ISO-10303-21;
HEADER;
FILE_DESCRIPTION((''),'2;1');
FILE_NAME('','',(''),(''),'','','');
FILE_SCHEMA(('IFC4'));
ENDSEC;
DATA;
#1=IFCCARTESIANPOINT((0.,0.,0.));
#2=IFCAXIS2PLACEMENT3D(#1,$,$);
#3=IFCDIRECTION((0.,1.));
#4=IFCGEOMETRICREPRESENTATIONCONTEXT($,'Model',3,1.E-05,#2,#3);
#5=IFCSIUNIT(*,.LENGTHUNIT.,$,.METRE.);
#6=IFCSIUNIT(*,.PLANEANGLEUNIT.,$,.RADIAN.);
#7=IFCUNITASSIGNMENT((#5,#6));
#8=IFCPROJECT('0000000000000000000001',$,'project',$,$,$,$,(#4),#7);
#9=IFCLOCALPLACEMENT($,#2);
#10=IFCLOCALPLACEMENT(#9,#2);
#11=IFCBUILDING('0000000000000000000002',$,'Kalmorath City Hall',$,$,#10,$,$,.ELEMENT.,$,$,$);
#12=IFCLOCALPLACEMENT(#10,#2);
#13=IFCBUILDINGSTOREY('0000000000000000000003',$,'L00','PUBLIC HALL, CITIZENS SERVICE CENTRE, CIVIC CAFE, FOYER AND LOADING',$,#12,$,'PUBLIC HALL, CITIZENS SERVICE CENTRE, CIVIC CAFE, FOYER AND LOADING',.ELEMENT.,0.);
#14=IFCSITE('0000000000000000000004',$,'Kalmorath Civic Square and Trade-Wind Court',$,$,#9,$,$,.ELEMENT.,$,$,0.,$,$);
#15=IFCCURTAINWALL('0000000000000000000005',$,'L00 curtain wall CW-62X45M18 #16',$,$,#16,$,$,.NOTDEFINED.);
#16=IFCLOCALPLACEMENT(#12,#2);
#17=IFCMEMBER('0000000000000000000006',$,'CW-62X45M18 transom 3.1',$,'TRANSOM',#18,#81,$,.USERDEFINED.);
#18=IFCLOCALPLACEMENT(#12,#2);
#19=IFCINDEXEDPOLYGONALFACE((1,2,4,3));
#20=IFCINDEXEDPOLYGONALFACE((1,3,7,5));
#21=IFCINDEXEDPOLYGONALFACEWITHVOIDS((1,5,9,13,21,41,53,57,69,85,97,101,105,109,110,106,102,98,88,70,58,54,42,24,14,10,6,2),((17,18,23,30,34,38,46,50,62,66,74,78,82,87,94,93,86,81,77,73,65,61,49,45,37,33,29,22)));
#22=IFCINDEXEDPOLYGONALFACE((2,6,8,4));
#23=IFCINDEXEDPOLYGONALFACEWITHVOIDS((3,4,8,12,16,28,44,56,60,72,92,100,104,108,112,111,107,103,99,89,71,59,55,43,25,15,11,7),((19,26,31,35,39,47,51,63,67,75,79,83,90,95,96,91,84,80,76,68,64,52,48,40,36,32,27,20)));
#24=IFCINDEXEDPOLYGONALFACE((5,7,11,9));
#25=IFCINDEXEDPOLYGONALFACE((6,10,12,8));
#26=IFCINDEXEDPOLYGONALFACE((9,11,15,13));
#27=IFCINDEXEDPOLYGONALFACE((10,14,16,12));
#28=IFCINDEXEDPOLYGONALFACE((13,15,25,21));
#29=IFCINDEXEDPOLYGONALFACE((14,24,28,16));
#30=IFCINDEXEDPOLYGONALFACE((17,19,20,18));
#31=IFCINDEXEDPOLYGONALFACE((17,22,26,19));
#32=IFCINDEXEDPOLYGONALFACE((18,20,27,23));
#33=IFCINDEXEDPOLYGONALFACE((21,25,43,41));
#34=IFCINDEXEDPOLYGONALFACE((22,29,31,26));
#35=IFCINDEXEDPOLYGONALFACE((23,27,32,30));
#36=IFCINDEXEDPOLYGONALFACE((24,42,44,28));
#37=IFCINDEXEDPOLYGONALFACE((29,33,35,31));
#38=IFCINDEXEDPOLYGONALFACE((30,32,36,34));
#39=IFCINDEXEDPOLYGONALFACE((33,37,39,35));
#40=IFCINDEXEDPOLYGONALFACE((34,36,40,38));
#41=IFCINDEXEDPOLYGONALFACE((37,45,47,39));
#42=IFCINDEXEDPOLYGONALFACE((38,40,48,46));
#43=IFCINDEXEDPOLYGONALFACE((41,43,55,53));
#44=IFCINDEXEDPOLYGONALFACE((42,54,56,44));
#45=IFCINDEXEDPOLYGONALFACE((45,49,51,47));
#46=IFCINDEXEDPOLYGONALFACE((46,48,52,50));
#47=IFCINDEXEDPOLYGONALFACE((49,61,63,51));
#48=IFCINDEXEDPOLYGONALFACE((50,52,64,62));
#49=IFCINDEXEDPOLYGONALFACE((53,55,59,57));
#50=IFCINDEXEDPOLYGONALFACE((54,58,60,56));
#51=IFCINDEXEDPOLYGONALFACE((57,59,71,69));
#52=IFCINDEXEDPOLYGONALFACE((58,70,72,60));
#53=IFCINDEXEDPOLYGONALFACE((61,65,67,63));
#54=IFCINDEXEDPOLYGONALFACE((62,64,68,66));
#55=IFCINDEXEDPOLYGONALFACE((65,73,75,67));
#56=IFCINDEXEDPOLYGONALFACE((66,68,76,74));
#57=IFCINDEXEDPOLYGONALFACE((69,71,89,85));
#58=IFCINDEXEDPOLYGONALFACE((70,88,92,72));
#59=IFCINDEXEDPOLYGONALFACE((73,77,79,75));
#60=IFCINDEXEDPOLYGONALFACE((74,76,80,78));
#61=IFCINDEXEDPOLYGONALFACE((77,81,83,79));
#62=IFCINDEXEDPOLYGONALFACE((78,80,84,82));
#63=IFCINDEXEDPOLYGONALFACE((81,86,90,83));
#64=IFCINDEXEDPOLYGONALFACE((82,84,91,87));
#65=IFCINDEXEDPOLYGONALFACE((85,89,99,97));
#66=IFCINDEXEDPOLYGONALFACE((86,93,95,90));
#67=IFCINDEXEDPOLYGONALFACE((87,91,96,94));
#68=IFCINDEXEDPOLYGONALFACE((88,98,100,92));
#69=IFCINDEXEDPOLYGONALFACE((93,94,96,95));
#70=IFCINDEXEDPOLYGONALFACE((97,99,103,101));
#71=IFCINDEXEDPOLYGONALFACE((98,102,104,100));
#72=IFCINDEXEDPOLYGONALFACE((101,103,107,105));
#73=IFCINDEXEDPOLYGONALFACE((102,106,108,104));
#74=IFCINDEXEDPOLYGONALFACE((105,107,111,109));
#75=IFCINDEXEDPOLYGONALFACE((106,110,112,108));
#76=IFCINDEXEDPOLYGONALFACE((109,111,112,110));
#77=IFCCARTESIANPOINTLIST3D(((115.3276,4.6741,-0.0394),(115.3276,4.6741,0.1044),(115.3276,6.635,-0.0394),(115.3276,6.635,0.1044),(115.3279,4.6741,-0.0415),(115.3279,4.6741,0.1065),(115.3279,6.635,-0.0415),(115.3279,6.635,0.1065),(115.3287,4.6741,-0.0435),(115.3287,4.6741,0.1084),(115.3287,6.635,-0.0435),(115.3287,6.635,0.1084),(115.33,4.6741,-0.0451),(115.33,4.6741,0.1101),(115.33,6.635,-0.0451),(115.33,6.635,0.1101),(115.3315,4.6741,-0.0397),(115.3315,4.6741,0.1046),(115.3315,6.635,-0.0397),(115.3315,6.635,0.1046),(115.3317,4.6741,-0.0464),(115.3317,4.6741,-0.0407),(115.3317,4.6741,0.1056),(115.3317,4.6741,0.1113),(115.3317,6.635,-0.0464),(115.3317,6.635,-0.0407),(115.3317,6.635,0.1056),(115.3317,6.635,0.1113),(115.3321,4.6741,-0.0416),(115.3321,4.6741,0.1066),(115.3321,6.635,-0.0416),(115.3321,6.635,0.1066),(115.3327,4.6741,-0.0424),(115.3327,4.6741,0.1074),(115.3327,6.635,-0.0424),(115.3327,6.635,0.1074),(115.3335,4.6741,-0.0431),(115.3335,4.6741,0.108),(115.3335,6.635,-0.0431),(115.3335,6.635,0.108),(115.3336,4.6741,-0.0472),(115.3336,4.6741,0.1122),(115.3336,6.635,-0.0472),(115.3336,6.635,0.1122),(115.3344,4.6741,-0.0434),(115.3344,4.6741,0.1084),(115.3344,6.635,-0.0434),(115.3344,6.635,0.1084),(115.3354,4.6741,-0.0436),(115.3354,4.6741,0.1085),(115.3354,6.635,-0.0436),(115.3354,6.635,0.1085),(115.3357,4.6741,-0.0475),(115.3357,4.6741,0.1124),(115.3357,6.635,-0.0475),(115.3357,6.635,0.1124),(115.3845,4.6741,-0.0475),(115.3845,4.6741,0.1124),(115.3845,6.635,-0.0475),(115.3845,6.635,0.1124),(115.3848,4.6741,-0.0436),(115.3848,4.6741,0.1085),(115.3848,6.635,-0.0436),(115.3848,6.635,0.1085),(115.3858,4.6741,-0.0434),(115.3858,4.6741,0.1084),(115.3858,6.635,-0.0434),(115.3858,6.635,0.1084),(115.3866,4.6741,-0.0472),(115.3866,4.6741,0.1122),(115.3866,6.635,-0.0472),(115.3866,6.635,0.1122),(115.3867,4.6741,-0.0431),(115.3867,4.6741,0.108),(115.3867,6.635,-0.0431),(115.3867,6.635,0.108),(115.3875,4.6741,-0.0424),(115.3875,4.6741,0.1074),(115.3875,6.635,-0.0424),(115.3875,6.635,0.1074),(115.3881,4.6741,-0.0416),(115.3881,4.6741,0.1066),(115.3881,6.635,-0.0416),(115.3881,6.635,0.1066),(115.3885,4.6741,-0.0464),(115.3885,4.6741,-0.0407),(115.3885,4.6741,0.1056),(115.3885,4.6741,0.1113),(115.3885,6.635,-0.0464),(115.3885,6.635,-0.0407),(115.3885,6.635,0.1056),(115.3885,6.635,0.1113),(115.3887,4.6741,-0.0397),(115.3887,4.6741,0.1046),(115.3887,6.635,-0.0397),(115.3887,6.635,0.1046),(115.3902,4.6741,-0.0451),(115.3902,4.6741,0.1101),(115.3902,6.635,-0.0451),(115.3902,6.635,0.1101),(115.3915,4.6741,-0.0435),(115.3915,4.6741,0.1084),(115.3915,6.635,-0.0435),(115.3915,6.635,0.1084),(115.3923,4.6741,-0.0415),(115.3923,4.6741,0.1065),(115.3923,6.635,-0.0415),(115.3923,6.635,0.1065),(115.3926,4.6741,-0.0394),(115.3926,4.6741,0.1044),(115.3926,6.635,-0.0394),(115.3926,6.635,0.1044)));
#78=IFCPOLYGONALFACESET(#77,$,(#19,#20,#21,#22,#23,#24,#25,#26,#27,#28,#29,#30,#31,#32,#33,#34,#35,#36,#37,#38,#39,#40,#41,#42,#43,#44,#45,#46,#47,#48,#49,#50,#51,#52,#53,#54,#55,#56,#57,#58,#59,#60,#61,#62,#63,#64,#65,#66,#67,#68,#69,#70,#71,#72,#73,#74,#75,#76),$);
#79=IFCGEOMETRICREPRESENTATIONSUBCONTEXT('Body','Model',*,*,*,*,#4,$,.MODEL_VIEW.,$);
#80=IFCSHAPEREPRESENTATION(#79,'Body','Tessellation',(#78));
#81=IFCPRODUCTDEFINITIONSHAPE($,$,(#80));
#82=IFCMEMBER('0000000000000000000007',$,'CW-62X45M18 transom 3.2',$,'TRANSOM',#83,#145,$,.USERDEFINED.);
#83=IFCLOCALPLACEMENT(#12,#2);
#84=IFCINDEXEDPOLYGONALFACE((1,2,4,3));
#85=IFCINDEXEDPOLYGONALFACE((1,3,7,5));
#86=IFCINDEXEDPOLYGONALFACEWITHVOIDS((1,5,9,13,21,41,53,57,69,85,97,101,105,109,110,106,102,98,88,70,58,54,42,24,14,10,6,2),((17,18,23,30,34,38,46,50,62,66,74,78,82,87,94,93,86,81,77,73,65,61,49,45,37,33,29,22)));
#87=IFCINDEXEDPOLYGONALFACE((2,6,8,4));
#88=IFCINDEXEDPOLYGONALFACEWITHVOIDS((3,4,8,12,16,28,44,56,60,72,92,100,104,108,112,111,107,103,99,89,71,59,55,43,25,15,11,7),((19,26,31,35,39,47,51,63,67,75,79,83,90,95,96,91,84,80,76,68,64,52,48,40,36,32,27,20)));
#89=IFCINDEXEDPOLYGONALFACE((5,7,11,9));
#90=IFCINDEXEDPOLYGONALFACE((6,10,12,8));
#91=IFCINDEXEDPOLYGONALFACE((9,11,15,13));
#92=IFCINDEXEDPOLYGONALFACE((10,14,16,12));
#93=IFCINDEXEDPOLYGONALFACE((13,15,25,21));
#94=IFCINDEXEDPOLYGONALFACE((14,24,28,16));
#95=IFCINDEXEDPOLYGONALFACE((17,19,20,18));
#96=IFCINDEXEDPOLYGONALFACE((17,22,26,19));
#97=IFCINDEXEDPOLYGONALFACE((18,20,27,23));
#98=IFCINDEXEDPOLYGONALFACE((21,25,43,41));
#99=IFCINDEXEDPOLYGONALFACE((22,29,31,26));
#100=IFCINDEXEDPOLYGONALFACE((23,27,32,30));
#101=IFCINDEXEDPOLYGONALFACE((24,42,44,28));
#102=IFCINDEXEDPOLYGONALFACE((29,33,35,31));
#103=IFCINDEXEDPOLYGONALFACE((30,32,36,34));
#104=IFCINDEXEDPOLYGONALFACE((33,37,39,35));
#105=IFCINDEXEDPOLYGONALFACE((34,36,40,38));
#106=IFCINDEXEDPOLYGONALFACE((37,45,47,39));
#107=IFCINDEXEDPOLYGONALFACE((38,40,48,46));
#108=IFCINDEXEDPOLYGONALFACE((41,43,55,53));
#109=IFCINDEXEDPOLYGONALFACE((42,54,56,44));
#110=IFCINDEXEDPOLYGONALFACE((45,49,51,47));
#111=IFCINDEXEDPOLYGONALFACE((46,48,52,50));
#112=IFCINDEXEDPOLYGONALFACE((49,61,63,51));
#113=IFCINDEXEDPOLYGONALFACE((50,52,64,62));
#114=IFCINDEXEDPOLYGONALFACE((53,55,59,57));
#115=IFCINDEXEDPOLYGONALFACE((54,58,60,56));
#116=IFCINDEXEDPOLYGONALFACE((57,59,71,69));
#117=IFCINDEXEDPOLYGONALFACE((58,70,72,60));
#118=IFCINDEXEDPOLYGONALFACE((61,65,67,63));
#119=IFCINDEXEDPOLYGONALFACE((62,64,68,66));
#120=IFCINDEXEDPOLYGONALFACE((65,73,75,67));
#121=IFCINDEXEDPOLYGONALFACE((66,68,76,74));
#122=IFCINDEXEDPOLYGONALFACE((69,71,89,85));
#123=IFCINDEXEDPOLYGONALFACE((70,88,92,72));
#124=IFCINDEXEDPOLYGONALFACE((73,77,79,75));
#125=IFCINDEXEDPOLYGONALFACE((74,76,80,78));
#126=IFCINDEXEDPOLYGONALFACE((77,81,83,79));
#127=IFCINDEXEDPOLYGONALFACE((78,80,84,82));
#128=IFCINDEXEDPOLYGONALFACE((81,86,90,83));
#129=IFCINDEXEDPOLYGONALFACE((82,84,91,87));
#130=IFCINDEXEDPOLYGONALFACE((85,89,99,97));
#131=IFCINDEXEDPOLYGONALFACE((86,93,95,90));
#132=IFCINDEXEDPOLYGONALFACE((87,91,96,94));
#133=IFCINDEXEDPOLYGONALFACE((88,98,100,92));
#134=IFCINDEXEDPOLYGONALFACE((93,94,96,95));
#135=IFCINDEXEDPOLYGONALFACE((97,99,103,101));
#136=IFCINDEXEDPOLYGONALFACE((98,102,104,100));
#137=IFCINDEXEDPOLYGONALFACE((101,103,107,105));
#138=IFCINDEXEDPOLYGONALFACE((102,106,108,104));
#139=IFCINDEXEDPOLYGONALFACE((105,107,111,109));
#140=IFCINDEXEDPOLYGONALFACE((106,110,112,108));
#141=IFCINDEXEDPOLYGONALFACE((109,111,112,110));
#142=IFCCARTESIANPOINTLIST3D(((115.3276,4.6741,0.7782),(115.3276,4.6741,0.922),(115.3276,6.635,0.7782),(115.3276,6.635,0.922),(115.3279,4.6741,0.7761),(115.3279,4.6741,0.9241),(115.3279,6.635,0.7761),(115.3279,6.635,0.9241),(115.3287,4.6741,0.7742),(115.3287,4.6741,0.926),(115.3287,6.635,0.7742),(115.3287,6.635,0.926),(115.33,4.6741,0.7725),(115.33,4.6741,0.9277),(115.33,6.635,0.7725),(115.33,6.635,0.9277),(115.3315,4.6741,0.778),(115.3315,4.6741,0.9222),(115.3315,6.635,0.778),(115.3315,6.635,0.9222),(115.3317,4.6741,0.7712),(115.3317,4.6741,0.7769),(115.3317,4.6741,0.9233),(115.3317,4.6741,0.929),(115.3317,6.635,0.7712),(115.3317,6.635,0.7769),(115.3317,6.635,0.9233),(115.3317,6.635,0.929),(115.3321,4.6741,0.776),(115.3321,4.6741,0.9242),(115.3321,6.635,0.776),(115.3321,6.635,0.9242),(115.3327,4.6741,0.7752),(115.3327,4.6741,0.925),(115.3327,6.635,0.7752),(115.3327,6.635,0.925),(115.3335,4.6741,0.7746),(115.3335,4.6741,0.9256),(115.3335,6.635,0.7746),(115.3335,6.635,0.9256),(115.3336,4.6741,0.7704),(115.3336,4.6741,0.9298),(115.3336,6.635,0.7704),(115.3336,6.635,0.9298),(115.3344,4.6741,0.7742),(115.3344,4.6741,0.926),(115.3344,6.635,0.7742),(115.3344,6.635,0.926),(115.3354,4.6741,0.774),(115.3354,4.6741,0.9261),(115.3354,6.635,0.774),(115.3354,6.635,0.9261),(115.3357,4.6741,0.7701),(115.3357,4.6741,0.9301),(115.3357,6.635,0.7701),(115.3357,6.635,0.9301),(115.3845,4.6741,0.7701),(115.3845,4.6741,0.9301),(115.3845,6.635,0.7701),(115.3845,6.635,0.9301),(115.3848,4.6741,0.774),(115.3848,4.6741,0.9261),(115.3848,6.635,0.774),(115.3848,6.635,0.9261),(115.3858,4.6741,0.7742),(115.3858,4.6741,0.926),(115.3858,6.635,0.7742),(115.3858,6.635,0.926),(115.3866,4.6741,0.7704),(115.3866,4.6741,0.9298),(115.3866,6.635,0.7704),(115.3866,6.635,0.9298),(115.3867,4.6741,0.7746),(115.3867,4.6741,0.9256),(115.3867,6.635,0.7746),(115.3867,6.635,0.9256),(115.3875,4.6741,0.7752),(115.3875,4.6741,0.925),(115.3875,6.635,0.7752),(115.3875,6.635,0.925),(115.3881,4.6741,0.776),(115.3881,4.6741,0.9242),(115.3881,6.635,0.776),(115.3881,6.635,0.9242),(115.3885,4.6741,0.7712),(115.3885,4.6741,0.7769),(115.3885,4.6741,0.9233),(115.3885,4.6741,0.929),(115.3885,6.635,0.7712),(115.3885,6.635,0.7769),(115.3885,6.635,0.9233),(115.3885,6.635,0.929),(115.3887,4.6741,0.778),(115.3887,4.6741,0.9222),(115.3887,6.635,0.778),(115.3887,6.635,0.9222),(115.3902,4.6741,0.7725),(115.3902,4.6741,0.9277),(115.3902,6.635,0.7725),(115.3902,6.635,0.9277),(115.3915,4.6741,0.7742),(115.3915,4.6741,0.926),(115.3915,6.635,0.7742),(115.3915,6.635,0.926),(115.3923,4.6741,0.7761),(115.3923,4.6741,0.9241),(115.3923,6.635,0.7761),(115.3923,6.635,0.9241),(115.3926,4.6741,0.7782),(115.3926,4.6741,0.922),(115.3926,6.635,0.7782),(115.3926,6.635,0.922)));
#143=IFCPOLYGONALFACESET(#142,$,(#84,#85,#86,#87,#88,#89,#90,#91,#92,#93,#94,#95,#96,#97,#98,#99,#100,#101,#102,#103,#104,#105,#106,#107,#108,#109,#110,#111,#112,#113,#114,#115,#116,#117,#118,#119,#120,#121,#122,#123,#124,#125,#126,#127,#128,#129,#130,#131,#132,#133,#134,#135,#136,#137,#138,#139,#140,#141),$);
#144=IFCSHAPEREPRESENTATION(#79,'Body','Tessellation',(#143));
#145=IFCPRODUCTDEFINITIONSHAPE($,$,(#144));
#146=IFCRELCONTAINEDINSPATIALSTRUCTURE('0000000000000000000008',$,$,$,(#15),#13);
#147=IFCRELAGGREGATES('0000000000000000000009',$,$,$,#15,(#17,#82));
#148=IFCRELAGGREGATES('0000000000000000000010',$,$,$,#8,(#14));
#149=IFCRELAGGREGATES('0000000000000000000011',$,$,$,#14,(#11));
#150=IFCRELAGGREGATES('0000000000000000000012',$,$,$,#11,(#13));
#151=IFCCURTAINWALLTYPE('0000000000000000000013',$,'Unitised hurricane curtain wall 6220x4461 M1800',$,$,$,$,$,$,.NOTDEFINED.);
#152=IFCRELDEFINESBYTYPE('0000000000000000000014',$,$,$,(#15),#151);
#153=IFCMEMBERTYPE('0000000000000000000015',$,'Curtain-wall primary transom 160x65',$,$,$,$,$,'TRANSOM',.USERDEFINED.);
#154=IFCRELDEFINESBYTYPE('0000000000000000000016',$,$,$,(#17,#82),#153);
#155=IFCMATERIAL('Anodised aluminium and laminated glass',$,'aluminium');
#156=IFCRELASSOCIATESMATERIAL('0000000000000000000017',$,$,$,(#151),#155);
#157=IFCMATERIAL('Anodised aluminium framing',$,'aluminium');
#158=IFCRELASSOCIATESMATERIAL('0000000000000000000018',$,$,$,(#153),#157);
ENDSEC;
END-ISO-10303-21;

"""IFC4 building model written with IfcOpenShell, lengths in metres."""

from ifc_helpers import new_model, si_unit, direction, frame, origin, origin_2d, place, context, subcontext, project, spatial, hollow_rectangle, extrude, material, material_profile, profile_set, type_object, element, aggregate, save


model = new_model("IFC4")

# Units and contexts
model_context = context("Model", 3, precision=1e-05, world=origin(), true_north=direction((0.0, 1.0)))
body_context = subcontext(model_context, "Body", "Model", "MODEL_VIEW")
ifc_project = project(units=[si_unit("LENGTHUNIT", "METRE"), si_unit("PLANEANGLEUNIT", "RADIAN")], contexts=[model_context])

# Site, building, storey
site_placement = place(None, origin())
site = spatial("IfcSite", under=ifc_project, at=site_placement, Name="Kalmorath Civic Square and Trade-Wind Court", CompositionType="ELEMENT", RefElevation=0.0)
building_placement = place(site_placement, origin())
building = spatial("IfcBuilding", under=site, at=building_placement, Name="Kalmorath City Hall", CompositionType="ELEMENT")
storey_placement = place(building_placement, origin())
storey = spatial("IfcBuildingStorey", under=building, at=storey_placement, Name="L00", Description="PUBLIC HALL, CITIZENS SERVICE CENTRE, CIVIC CAFE, FOYER AND LOADING", LongName="PUBLIC HALL, CITIZENS SERVICE CENTRE, CIVIC CAFE, FOYER AND LOADING", CompositionType="ELEMENT", Elevation=0.0)

# Curtain wall
ifc_material_1 = material(Name="Anodised aluminium and laminated glass", Category="aluminium")
curtain_wall_type = type_object("IfcCurtainWallType", Name="Unitised hurricane curtain wall 6220x4461 M1800", PredefinedType="NOTDEFINED", material=ifc_material_1)
curtain_wall_1_placement = place(storey_placement, origin())
curtain_wall_1 = element("IfcCurtainWall", 1, at=curtain_wall_1_placement, inside=storey, type_object=curtain_wall_type, Name="L00 curtain wall CW-62X45M18 #16", PredefinedType="NOTDEFINED")

# Members
ifc_material_2 = material(Name="Anodised aluminium framing", Category="aluminium")
ifc_material_profile_1 = material_profile(ifc_material_2, hollow_rectangle(XDim=0.0649, YDim=0.1599, WallThickness=0.0039, InnerFilletRadius=0.0039, OuterFilletRadius=0.0081, at=origin_2d()), Name="ALU-TRN-160X65X4")
ifc_profile_set_1 = profile_set([ifc_material_profile_1], Name="Anodised aluminium framing")
member_type_1 = type_object("IfcMemberType", Name="Curtain-wall primary transom 160x65", ElementType="TRANSOM", PredefinedType="USERDEFINED", material=ifc_profile_set_1)
member_1_placement = place(storey_placement, frame((115.3601, 4.6741, 0.0325), z_axis=(0.0, 1.0, 0.0), x_axis=(-1.0, 0.0, 0.0)))
member_1 = element("IfcMember", 2, at=member_1_placement, type_object=member_type_1, Name="CW-62X45M18 transom 3.1", ObjectType="TRANSOM", PredefinedType="USERDEFINED", context=body_context, shape_type="SweptSolid", body=[
    extrude(hollow_rectangle(XDim=0.0649, YDim=0.1599, WallThickness=0.0039, InnerFilletRadius=0.0039, OuterFilletRadius=0.0081, at=origin_2d()), origin(), (0.0, 0.0, 1.0), 1.9609),
])
member_2_placement = place(storey_placement, frame((115.3601, 4.6741, 0.8501), z_axis=(0.0, 1.0, 0.0), x_axis=(-1.0, 0.0, 0.0)))
member_2 = element("IfcMember", 3, at=member_2_placement, type_object=member_type_1, Name="CW-62X45M18 transom 3.2", ObjectType="TRANSOM", PredefinedType="USERDEFINED", context=body_context, shape_type="SweptSolid", body=[
    extrude(hollow_rectangle(XDim=0.0649, YDim=0.1599, WallThickness=0.0039, InnerFilletRadius=0.0039, OuterFilletRadius=0.0081, at=origin_2d()), origin(), (0.0, 0.0, 1.0), 1.9609),
])

aggregate(curtain_wall_1, [member_1, member_2])

save(model, "model.ifc")
